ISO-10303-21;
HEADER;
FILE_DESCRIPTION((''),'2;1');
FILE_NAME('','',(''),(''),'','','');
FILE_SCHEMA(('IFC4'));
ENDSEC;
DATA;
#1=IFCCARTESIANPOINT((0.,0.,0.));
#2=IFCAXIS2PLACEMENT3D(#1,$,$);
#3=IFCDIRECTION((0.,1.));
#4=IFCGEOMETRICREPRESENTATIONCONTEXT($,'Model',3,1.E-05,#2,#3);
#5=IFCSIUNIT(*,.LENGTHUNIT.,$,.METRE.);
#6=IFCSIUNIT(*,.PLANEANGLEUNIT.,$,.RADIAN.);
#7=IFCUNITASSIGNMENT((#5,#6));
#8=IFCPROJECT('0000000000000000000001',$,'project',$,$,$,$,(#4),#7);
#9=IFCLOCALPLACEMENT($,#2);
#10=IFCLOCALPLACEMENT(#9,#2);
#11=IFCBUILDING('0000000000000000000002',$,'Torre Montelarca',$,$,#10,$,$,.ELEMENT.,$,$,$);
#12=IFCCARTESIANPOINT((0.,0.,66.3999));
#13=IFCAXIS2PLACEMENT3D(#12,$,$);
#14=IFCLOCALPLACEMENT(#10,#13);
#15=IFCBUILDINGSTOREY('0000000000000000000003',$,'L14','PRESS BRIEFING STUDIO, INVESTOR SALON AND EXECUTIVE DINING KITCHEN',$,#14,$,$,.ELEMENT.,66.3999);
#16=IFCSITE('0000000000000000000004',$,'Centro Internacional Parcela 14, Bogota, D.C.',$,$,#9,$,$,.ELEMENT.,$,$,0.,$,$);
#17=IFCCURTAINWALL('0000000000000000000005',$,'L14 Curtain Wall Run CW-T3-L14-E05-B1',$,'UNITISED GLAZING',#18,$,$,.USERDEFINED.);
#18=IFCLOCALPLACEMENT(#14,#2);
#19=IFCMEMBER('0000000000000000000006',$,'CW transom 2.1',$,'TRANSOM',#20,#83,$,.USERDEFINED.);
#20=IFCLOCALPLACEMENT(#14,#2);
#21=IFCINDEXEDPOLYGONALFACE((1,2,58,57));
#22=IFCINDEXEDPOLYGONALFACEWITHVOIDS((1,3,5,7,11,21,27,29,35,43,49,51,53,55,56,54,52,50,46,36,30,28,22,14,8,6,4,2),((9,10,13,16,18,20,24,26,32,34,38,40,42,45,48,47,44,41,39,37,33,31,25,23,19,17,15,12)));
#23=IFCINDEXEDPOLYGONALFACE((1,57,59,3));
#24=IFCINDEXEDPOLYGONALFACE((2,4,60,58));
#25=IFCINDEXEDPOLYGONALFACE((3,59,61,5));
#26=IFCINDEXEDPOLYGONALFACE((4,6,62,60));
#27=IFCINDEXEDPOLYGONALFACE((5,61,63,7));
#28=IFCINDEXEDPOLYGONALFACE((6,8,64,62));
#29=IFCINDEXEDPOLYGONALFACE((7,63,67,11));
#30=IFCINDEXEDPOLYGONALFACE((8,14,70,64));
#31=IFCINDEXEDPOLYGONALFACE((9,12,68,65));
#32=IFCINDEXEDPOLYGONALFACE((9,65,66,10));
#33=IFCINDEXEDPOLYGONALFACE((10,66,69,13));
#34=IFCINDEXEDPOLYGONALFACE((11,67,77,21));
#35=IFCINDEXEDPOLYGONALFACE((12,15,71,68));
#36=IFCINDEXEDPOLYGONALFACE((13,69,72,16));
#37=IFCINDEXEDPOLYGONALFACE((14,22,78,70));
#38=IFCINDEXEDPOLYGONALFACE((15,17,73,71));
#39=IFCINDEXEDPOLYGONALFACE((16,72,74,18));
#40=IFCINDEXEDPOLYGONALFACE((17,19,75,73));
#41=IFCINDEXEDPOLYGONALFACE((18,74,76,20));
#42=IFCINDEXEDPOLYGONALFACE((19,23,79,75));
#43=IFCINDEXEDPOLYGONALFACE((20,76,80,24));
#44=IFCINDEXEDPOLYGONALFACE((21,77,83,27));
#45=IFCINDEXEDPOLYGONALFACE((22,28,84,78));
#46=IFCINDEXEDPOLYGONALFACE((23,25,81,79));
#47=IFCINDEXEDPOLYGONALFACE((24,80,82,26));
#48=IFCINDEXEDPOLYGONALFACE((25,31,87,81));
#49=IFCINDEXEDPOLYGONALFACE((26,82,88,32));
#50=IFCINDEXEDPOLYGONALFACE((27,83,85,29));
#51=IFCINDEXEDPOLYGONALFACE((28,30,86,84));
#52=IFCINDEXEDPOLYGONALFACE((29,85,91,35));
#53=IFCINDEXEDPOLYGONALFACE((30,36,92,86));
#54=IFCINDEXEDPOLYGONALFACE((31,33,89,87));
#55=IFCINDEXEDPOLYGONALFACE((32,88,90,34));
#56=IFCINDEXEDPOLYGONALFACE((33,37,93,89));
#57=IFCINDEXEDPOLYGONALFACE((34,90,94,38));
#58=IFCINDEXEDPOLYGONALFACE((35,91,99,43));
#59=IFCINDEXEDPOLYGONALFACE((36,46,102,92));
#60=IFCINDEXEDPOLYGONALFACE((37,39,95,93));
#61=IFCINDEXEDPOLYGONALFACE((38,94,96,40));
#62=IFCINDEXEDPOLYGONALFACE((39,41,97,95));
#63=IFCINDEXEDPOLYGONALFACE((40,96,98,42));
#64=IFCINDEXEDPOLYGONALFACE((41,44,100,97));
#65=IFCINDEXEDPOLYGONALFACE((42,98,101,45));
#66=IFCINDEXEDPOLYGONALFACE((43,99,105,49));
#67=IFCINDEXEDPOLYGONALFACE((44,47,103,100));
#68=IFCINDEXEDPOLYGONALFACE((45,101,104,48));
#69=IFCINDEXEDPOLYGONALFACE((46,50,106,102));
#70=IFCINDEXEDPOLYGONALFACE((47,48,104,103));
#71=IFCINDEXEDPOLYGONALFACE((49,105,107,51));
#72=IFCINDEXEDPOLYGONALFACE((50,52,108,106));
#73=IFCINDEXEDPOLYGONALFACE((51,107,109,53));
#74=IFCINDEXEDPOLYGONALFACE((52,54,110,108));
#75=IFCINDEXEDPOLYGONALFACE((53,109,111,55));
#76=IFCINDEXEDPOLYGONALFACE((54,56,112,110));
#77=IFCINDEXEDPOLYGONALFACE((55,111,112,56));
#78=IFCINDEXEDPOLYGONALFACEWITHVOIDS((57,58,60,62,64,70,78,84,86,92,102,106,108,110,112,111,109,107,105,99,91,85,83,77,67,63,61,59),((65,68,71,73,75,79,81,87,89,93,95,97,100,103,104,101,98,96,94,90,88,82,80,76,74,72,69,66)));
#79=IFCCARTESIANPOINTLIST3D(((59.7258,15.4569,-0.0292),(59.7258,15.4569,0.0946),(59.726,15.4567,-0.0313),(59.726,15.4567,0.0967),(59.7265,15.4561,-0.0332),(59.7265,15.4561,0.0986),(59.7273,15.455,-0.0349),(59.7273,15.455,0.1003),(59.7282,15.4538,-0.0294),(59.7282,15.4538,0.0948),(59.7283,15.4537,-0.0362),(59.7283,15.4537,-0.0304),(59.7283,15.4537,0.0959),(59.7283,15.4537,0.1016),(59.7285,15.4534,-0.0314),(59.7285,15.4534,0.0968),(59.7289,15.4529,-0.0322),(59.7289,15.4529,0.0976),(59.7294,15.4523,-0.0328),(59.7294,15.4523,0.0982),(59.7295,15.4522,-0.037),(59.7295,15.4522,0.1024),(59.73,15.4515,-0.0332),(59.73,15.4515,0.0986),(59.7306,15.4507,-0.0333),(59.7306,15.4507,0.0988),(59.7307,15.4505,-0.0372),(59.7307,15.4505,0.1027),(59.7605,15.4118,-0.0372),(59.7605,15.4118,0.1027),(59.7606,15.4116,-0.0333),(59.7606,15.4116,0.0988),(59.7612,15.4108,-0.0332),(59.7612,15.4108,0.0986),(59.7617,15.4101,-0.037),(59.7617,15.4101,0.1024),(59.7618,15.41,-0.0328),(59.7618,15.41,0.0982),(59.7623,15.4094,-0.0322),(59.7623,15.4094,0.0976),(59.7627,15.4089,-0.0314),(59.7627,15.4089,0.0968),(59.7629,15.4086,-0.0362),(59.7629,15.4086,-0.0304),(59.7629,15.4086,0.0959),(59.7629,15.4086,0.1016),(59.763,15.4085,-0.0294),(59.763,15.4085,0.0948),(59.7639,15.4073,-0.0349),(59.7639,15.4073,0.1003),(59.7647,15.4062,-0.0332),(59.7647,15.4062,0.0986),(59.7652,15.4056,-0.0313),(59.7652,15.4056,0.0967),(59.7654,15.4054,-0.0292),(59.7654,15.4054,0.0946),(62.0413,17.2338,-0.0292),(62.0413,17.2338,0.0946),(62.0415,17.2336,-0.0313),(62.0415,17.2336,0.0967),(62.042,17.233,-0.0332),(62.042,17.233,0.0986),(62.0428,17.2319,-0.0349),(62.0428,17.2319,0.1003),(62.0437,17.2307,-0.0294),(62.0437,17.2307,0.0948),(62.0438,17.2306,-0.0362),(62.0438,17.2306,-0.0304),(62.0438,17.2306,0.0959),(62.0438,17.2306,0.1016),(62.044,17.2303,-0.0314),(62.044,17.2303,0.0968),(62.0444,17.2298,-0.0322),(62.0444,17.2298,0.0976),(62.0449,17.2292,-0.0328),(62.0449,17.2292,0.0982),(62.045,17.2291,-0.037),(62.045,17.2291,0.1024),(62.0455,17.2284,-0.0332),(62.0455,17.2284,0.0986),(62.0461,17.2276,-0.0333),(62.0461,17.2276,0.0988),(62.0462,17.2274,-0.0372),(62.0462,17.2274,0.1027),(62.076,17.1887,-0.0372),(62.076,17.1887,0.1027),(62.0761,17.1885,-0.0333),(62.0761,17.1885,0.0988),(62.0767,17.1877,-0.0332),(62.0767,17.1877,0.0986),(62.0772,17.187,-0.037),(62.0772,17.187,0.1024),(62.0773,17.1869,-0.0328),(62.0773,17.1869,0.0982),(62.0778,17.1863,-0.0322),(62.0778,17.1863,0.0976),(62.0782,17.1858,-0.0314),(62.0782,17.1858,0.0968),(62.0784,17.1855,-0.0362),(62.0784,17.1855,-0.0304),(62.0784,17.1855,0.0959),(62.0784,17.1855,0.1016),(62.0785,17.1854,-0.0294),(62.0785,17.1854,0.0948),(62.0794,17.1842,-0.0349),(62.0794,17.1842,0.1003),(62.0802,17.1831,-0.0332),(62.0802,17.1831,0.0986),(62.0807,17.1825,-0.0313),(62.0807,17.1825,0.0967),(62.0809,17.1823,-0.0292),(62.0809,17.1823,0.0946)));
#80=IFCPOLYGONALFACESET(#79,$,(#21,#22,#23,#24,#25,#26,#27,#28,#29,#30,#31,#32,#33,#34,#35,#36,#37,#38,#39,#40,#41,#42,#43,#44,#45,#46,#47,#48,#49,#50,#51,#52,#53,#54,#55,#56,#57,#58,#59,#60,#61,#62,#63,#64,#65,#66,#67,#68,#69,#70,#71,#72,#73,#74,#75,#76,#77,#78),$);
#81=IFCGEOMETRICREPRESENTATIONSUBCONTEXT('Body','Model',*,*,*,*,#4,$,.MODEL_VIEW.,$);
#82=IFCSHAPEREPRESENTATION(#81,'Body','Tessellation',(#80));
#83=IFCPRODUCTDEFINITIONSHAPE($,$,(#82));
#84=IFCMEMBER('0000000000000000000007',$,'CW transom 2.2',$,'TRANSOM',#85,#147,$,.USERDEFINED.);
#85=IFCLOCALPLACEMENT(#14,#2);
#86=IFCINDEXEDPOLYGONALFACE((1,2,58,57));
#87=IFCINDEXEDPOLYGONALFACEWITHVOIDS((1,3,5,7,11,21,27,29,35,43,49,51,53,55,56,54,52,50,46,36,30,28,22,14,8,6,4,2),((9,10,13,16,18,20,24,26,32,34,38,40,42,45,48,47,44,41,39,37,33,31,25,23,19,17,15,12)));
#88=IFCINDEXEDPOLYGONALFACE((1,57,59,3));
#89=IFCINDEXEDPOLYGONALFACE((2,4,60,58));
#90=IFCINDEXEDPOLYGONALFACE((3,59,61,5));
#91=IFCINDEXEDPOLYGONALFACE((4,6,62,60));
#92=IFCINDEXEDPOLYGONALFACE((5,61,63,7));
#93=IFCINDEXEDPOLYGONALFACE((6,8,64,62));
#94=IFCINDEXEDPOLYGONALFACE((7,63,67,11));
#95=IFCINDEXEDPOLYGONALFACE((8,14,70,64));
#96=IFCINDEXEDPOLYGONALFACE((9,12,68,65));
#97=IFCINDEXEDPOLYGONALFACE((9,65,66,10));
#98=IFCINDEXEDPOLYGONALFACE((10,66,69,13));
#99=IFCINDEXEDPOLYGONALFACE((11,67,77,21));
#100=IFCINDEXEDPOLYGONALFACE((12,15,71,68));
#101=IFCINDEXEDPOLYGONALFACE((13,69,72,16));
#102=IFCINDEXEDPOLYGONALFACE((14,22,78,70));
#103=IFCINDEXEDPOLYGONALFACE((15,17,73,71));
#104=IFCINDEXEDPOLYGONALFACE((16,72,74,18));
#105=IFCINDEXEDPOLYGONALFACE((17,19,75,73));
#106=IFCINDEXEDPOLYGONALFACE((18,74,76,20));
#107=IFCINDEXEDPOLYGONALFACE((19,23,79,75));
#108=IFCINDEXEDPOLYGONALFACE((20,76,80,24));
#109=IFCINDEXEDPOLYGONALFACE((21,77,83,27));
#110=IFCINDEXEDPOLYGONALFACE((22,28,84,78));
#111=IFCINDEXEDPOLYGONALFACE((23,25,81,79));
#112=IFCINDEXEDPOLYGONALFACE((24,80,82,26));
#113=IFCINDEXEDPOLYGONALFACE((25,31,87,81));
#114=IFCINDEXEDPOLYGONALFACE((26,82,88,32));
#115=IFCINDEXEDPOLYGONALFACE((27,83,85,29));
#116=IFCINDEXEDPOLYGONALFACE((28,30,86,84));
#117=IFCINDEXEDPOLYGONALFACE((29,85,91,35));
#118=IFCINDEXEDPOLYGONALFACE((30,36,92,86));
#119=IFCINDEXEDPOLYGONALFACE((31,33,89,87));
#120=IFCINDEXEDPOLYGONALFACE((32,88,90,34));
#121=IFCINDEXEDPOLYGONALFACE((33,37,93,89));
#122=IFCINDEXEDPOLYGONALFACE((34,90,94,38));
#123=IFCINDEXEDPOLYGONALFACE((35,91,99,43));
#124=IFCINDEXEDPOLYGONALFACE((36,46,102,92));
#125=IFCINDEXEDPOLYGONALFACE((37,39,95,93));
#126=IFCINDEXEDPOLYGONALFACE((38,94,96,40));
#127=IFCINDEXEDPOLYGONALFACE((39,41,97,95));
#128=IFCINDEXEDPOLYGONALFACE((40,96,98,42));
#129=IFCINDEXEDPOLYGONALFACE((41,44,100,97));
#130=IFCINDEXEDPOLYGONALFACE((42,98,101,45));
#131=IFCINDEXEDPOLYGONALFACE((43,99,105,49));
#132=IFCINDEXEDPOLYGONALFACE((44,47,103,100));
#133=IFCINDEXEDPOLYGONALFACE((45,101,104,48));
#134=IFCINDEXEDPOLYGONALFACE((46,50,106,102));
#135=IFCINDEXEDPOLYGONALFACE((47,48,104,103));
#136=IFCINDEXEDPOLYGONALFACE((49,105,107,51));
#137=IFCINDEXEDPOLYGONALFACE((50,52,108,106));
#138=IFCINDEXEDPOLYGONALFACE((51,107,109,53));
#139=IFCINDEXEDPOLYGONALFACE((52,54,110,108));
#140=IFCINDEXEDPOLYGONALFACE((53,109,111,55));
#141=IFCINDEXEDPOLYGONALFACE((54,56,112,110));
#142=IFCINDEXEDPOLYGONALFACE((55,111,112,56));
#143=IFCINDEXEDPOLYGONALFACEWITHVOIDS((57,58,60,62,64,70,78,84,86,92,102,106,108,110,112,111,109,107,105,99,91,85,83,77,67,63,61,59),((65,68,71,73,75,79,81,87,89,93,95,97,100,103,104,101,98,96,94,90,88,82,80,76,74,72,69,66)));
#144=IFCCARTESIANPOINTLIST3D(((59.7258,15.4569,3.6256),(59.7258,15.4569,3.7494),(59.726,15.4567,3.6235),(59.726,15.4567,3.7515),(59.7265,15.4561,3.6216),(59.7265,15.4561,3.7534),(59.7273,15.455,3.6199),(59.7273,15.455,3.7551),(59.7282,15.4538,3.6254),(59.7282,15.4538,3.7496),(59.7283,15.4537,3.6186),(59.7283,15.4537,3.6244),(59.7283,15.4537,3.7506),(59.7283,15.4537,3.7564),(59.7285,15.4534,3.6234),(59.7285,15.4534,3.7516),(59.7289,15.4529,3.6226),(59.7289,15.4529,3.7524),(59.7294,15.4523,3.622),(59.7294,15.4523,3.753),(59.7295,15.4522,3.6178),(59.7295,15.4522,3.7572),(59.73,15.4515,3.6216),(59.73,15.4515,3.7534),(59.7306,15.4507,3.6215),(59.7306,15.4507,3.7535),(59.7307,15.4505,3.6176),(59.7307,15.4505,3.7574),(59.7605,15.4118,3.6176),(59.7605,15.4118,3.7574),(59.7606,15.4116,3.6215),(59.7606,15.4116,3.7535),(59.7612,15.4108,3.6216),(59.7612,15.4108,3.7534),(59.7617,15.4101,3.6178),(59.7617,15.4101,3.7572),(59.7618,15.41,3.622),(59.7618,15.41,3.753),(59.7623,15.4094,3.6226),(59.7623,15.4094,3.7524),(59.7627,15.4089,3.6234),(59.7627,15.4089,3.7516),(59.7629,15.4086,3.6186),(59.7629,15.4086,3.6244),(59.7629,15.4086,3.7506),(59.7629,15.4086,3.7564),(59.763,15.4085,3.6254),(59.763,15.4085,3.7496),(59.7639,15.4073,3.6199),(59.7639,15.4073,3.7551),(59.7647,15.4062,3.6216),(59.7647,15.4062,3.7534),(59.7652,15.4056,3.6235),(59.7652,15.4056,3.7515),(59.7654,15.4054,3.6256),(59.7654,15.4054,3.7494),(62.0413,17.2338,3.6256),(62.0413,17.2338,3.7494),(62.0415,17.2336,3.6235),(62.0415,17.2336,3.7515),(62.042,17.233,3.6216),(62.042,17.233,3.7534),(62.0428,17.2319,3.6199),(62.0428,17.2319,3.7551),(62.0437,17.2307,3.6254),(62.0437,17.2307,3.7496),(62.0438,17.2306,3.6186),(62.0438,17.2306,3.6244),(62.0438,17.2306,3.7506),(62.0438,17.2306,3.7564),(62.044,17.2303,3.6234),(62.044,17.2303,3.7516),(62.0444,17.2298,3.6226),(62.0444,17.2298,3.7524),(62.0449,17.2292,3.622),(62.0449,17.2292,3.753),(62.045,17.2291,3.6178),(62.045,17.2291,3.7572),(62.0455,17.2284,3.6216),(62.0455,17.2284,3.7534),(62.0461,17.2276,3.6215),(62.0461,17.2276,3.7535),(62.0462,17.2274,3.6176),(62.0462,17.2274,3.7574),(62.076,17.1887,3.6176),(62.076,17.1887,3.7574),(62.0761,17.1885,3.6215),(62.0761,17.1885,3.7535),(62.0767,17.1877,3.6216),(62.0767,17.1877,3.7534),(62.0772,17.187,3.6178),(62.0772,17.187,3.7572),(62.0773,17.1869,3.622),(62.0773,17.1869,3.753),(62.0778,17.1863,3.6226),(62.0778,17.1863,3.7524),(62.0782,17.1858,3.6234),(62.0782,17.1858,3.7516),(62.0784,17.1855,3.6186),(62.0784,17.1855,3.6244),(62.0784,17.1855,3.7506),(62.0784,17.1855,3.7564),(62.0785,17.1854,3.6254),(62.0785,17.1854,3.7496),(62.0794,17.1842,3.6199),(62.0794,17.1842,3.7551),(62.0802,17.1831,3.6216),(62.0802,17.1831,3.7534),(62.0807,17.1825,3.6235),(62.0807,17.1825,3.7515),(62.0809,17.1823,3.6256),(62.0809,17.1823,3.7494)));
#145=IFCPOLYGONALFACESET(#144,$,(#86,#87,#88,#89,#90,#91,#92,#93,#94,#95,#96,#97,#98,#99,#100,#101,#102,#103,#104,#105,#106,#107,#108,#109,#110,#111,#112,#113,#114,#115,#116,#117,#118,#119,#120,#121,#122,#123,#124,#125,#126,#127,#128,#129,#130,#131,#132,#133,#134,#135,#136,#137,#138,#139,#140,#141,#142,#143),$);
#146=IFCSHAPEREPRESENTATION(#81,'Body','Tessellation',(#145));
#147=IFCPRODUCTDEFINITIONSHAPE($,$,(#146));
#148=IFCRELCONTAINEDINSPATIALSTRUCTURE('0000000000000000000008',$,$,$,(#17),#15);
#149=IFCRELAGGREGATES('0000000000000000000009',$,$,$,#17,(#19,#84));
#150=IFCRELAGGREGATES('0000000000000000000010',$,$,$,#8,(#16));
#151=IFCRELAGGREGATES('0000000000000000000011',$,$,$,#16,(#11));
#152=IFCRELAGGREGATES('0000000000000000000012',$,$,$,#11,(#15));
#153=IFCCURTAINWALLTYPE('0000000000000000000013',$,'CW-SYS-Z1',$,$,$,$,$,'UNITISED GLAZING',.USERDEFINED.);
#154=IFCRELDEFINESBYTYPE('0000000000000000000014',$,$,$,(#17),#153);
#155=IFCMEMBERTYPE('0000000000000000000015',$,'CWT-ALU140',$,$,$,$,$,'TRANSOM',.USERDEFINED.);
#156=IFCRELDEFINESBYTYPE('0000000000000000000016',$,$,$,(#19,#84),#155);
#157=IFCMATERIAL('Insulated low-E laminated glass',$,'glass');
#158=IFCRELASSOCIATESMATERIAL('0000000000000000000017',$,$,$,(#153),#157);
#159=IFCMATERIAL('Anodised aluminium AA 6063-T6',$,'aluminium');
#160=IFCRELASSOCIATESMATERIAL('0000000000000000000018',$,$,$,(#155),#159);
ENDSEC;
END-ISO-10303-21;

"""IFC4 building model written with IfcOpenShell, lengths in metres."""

from ifc_helpers import new_model, si_unit, direction, frame, origin, origin_2d, place, context, subcontext, project, spatial, hollow_rectangle, extrude, source, transform, mapped, material, material_profile, profile_set, type_object, element, aggregate, save


model = new_model("IFC4")

# Units and contexts
model_context = context("Model", 3, precision=1e-05, world=origin(), true_north=direction((0.0, 1.0)))
body_context = subcontext(model_context, "Body", "Model", "MODEL_VIEW")
ifc_project = project(units=[si_unit("LENGTHUNIT", "METRE"), si_unit("PLANEANGLEUNIT", "RADIAN")], contexts=[model_context])

# Site, building, storey
site_placement = place(None, origin())
site = spatial("IfcSite", under=ifc_project, at=site_placement, Name="Centro Internacional Parcela 14, Bogota, D.C.", CompositionType="ELEMENT", RefElevation=0.0)
building_placement = place(site_placement, origin())
building = spatial("IfcBuilding", under=site, at=building_placement, Name="Torre Montelarca", CompositionType="ELEMENT")
storey_placement = place(building_placement, frame((0.0, 0.0, 66.3999)))
storey = spatial("IfcBuildingStorey", under=building, at=storey_placement, Name="L14", Description="PRESS BRIEFING STUDIO, INVESTOR SALON AND EXECUTIVE DINING KITCHEN", CompositionType="ELEMENT", Elevation=66.3999)

# Curtain wall, members
ifc_material_1 = material(Name="Insulated low-E laminated glass", Category="glass")
curtain_wall_type = type_object("IfcCurtainWallType", Name="CW-SYS-Z1", ElementType="UNITISED GLAZING", PredefinedType="USERDEFINED", material=ifc_material_1)
ifc_material_2 = material(Name="Anodised aluminium AA 6063-T6", Category="aluminium")
ifc_material_profile_1 = material_profile(ifc_material_2, hollow_rectangle(XDim=0.0649, YDim=0.1399, WallThickness=0.0039, InnerFilletRadius=0.0039, OuterFilletRadius=0.0081, at=origin_2d()), Name="ALU65X140X4", Category="aluminium")
ifc_profile_set_1 = profile_set([ifc_material_profile_1], Name="Anodised aluminium AA 6063-T6")
member_type_1 = type_object("IfcMemberType", Name="CWT-ALU140", ElementType="TRANSOM", PredefinedType="USERDEFINED", material=ifc_profile_set_1)
curtain_wall_1_placement = place(storey_placement, origin())
curtain_wall_1 = element("IfcCurtainWall", 1, at=curtain_wall_1_placement, inside=storey, type_object=curtain_wall_type, Name="L14 Curtain Wall Run CW-T3-L14-E05-B1", ObjectType="UNITISED GLAZING", PredefinedType="USERDEFINED")
shared_shape_1 = source(origin(), body_context, "Body", "SweptSolid", [
    extrude(hollow_rectangle(XDim=0.0649, YDim=0.1399, WallThickness=0.0039, InnerFilletRadius=0.0039, OuterFilletRadius=0.0081, at=origin_2d()), origin(), (0.0, 0.0, 1.0), 2.9187),
])
member_1_placement = place(storey_placement, frame((59.7456, 15.4312, 0.0327), z_axis=(0.793326, 0.608797, 0.0), x_axis=(-0.608797, 0.793326, 0.0)))
member_1 = element("IfcMember", 2, at=member_1_placement, type_object=member_type_1, Name="CW transom 2.1", ObjectType="TRANSOM", PredefinedType="USERDEFINED", context=body_context, shape_type="MappedRepresentation", body=[
    mapped(shared_shape_1, transform((0.0, 0.0, 0.0), scale=1.0)),
])
member_2_placement = place(storey_placement, frame((59.7456, 15.4312, 3.6875), z_axis=(0.793326, 0.608797, 0.0), x_axis=(-0.608797, 0.793326, 0.0)))
member_2 = element("IfcMember", 3, at=member_2_placement, type_object=member_type_1, Name="CW transom 2.2", ObjectType="TRANSOM", PredefinedType="USERDEFINED", context=body_context, shape_type="MappedRepresentation", body=[
    mapped(shared_shape_1, transform((0.0, 0.0, 0.0), scale=1.0)),
])

aggregate(curtain_wall_1, [member_1, member_2])

save(model, "model.ifc")
